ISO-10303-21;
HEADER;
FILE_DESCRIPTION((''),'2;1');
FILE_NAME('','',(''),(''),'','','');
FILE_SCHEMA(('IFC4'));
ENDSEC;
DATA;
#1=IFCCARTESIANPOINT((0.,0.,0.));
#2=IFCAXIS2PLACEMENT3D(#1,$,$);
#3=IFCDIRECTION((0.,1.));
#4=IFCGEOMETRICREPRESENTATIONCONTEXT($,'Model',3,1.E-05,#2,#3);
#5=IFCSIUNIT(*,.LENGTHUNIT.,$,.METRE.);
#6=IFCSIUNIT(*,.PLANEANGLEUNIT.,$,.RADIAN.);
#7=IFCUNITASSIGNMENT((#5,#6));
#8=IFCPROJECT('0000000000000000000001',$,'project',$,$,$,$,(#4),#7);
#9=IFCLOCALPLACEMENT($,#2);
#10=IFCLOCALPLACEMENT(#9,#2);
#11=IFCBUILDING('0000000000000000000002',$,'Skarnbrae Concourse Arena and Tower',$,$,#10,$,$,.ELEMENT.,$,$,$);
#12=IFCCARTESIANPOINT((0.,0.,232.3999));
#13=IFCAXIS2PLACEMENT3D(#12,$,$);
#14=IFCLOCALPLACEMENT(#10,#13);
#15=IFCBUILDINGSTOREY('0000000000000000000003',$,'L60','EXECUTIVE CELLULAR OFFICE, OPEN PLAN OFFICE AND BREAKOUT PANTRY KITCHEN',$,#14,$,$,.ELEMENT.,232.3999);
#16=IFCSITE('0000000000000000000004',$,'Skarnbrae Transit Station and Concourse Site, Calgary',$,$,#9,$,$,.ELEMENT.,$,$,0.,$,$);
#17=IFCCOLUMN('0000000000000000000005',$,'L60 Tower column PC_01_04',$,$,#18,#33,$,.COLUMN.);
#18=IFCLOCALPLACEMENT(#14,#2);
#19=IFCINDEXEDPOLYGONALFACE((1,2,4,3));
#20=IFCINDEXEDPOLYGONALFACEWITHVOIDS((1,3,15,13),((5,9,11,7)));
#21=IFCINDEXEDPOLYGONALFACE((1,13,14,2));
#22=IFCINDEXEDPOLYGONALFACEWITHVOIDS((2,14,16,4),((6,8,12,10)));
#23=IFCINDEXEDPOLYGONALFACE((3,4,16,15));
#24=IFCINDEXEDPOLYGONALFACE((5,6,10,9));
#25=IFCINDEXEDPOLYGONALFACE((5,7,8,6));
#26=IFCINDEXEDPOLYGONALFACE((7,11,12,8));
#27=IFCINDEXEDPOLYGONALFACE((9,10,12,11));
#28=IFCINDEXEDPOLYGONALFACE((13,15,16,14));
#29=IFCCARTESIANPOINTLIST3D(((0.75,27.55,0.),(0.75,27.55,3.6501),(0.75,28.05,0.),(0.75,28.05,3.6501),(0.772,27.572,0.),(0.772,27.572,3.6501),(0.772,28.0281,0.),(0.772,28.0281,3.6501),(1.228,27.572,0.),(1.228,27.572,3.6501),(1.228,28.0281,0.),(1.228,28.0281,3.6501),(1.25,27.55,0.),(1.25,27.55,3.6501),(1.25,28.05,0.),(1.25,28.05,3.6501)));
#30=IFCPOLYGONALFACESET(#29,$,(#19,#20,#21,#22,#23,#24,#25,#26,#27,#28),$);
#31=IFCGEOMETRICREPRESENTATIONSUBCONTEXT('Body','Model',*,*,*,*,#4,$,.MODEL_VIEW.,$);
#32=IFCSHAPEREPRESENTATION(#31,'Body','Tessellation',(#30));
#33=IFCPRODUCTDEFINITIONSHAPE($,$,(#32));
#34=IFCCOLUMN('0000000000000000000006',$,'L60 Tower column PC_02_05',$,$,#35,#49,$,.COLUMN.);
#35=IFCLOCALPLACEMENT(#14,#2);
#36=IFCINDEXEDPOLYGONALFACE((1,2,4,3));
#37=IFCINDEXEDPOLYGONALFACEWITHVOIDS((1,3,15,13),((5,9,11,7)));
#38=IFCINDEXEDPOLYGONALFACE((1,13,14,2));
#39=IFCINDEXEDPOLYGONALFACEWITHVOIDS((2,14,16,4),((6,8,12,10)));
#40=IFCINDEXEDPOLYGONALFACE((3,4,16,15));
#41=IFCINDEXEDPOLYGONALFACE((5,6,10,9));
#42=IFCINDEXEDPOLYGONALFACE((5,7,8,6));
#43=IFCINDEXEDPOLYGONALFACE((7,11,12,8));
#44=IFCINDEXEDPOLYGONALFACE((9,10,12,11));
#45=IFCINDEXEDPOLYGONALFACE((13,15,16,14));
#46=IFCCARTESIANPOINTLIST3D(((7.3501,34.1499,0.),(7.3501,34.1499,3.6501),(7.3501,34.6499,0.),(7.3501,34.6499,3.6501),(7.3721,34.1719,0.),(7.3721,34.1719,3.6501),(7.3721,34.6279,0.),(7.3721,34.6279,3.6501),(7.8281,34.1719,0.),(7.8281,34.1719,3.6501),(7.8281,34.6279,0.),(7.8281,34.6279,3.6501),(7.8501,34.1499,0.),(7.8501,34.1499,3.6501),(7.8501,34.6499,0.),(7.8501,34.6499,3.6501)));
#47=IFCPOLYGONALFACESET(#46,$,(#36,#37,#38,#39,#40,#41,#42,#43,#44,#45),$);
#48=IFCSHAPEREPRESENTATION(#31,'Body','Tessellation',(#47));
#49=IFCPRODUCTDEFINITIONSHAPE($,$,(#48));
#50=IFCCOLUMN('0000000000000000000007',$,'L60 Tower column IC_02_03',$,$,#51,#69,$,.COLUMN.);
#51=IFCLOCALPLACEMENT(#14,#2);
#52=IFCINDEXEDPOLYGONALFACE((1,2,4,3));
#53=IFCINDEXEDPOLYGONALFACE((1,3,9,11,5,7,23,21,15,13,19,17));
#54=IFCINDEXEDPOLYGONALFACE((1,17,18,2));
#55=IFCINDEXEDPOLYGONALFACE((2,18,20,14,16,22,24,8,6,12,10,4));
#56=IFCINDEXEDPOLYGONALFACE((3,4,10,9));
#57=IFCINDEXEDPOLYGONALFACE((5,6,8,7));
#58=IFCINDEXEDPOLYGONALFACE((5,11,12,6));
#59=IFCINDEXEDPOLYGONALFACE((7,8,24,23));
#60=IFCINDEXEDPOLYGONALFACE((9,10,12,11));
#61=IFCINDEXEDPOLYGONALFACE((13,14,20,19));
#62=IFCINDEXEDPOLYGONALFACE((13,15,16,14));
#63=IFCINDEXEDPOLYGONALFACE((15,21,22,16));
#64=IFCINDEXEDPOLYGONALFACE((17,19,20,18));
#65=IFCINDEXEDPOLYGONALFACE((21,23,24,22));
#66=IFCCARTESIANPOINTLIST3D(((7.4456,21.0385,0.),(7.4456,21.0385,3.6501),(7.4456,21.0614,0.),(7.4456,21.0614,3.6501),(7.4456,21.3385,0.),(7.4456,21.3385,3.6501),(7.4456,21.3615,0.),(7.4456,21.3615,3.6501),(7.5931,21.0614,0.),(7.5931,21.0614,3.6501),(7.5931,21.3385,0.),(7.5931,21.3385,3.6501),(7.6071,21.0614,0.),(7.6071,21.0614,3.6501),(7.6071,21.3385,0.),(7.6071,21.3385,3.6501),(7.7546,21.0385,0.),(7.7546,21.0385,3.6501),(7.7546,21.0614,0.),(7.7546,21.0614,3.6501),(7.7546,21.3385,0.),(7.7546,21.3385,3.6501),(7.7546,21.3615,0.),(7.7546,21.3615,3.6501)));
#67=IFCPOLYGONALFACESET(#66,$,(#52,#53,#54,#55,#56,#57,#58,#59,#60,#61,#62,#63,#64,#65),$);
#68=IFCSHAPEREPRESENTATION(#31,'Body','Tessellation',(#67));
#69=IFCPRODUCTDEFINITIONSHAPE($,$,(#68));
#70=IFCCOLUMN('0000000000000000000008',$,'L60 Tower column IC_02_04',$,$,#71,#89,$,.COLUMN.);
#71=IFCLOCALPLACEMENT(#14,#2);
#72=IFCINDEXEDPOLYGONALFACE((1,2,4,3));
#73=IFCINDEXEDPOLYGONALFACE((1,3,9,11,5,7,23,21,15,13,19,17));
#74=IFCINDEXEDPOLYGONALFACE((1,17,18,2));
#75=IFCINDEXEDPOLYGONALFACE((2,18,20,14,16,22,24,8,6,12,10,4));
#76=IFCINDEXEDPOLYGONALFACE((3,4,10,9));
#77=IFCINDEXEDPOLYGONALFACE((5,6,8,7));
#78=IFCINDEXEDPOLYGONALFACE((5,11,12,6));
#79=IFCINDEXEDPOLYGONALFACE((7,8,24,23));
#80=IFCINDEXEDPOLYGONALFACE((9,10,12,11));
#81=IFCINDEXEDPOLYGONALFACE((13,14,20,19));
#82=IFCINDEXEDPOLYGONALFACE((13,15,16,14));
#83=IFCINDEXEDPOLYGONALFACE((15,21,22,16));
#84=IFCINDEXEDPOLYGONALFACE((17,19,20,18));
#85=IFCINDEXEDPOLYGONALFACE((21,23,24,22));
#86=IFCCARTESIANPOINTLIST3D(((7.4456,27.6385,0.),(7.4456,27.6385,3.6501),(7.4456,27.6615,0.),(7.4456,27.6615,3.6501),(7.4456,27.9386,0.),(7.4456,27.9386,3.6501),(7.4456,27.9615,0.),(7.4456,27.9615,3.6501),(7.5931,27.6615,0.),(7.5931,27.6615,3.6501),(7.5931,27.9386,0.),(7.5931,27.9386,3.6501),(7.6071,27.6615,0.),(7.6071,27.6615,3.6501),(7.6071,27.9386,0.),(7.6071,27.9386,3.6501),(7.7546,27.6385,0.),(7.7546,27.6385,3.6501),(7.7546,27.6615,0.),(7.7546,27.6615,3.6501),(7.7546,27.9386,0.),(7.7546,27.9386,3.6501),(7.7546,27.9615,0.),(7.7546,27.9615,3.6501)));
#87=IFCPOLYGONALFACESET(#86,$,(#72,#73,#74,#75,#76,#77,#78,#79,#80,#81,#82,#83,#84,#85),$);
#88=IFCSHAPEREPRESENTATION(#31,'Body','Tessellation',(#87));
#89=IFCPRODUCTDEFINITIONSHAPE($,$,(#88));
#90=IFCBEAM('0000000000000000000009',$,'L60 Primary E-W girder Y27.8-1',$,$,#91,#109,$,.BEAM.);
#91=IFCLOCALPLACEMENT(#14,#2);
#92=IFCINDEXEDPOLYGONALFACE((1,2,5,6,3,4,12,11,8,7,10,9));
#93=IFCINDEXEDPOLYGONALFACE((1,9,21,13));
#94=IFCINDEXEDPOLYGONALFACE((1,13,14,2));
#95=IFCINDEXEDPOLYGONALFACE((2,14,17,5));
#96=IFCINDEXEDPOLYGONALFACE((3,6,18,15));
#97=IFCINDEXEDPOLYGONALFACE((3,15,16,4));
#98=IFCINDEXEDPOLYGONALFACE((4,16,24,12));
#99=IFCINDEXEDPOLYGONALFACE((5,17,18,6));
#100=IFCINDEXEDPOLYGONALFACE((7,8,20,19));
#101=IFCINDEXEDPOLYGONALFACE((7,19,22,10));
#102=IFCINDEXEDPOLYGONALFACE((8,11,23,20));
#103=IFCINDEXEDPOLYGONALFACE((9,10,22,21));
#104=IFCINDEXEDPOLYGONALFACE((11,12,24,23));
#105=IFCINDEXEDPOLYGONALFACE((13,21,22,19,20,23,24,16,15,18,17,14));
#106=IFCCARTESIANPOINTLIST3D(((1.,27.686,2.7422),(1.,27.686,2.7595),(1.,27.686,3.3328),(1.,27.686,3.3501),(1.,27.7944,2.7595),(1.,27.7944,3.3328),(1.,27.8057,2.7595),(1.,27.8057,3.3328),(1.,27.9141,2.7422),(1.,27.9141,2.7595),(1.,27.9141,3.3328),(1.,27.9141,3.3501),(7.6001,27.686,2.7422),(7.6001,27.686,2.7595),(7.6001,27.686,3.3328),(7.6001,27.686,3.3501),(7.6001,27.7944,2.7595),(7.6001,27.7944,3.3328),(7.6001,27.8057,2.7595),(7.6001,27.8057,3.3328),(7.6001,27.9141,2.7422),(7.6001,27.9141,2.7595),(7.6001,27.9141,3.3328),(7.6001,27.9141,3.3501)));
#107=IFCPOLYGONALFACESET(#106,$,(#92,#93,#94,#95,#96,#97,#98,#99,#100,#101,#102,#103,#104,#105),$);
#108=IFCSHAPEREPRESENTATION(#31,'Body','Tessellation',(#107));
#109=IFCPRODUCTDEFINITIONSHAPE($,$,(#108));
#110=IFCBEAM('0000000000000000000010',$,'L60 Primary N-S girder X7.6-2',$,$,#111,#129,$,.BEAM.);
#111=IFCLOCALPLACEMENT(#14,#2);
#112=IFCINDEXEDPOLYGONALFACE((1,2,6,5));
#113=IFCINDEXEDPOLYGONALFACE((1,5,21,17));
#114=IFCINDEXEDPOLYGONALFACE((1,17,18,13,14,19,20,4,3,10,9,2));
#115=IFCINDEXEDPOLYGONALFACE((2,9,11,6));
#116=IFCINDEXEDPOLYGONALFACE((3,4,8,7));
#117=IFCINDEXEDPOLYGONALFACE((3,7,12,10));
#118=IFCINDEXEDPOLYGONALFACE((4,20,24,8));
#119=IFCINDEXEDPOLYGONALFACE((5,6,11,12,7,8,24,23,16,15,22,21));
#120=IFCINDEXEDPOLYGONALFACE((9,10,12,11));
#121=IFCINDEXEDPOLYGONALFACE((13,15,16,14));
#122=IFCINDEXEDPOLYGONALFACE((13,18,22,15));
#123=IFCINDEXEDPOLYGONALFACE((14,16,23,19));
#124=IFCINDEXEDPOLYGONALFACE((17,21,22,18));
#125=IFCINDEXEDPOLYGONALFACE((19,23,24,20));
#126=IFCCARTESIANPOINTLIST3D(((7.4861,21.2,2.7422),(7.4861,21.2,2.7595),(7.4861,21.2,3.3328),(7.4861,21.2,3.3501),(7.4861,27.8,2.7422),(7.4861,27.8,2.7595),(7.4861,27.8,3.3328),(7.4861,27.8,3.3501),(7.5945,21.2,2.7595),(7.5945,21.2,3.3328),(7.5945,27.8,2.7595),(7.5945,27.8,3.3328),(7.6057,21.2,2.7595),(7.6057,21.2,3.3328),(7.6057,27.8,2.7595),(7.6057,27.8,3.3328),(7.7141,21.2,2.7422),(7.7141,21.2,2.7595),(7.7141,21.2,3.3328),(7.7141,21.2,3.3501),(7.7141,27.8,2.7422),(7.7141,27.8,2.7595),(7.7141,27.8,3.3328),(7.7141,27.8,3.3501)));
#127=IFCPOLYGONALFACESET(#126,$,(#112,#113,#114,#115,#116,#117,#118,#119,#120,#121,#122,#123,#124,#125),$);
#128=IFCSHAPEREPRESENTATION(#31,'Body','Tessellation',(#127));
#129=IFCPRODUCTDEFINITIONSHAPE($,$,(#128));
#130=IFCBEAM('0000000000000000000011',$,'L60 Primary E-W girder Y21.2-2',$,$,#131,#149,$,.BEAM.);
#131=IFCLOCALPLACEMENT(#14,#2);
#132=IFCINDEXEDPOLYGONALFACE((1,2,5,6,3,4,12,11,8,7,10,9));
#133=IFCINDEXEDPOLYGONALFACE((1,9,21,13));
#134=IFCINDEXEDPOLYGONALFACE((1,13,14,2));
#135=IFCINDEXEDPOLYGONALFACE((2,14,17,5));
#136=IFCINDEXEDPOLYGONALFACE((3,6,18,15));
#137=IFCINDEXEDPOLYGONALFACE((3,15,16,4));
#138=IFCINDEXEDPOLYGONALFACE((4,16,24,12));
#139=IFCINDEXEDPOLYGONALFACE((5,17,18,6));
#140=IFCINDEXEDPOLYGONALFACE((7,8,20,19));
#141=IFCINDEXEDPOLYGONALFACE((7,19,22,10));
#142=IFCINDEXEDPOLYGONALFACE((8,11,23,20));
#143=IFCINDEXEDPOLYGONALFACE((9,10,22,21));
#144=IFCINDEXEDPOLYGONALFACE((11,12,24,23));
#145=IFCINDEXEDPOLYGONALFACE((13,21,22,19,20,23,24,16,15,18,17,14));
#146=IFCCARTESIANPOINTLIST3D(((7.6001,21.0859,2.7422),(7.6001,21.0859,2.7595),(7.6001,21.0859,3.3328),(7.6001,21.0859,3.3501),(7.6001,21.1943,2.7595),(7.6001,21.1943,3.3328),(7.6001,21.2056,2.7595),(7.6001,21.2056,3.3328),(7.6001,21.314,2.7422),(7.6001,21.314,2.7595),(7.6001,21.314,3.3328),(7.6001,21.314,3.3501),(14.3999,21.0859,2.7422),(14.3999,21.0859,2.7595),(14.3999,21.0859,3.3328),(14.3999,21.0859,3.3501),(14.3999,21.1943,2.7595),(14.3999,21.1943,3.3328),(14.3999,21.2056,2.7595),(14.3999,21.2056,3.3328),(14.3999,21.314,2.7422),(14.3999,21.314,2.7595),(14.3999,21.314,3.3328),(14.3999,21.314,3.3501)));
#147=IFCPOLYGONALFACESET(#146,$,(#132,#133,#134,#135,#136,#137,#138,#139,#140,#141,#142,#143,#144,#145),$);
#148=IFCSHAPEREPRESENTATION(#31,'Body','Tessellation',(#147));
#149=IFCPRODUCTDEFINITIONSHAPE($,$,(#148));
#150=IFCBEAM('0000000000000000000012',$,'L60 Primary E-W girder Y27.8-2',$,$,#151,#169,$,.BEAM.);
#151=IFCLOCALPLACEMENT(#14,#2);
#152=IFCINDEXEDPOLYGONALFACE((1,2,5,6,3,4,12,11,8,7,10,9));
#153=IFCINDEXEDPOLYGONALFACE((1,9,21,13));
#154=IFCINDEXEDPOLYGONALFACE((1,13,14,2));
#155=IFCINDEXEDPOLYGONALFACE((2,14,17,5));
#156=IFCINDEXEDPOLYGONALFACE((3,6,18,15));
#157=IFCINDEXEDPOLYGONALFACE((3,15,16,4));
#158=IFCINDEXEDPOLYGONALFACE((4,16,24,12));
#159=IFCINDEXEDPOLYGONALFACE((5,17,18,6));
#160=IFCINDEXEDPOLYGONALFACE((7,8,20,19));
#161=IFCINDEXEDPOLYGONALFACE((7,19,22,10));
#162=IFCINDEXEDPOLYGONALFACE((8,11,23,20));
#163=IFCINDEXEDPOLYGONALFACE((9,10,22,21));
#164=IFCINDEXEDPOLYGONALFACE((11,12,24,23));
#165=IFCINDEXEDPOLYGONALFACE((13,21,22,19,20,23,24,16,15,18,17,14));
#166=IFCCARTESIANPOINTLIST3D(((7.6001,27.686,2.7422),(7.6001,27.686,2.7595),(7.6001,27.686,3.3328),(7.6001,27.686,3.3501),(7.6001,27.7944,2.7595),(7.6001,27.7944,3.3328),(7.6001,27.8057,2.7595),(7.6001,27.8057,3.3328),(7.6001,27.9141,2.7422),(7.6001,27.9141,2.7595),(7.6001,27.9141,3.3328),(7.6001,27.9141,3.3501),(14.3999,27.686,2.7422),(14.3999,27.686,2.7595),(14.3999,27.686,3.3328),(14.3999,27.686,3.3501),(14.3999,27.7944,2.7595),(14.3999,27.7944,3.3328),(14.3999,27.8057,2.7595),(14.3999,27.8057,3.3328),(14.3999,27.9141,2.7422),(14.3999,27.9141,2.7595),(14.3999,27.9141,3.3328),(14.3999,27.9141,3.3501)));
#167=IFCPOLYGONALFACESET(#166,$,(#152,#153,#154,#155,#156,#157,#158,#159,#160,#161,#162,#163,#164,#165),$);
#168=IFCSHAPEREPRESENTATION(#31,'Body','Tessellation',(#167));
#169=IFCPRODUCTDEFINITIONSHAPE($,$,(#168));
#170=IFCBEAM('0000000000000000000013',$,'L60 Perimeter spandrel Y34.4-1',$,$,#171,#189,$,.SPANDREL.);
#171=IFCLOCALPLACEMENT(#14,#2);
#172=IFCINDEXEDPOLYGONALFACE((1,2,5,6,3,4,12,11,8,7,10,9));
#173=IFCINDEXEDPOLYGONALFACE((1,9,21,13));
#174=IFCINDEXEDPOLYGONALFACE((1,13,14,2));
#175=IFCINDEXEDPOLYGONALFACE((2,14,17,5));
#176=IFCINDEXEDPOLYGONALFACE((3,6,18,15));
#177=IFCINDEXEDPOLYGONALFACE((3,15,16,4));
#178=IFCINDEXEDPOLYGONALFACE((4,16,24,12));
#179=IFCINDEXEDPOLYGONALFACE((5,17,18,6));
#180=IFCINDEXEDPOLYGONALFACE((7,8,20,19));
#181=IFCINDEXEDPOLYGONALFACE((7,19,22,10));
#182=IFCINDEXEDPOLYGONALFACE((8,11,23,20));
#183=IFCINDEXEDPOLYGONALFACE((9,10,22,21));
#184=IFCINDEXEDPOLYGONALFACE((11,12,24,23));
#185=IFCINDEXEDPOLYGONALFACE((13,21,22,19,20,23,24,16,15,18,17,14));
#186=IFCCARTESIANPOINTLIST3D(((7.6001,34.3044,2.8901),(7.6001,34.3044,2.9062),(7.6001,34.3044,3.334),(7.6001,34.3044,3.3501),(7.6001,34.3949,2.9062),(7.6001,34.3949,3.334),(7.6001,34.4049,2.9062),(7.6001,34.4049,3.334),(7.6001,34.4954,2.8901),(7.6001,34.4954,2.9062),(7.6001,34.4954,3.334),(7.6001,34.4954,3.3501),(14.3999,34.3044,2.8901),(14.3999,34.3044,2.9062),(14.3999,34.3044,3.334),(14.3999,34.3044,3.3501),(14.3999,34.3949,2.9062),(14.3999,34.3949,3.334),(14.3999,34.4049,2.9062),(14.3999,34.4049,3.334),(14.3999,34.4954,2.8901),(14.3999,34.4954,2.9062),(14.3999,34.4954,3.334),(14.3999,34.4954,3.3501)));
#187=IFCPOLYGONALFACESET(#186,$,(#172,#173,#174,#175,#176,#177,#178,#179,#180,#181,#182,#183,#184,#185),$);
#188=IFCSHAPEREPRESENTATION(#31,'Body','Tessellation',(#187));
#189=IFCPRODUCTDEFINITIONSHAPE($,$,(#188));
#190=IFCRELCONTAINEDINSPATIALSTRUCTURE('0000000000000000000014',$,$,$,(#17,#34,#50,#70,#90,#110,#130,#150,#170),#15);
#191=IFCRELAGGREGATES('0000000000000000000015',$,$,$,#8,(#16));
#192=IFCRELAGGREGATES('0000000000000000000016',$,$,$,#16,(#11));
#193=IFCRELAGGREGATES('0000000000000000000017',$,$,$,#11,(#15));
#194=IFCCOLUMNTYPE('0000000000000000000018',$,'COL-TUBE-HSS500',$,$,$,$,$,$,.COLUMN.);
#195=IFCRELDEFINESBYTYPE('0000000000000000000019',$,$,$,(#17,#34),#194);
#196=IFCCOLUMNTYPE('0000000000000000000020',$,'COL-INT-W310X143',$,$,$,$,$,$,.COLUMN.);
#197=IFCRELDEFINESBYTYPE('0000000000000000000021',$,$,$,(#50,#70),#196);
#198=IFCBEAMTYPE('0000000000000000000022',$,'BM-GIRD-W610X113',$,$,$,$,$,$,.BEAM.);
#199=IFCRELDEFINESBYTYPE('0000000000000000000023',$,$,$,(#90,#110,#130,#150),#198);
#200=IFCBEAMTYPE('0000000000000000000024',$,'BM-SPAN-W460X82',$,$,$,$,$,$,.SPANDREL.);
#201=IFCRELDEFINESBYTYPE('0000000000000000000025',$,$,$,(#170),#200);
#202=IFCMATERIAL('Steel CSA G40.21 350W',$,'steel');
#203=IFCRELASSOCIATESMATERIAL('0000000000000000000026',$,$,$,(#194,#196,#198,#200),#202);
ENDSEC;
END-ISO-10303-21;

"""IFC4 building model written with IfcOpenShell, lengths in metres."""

from ifc_helpers import new_model, si_unit, direction, frame, origin, origin_2d, place, context, subcontext, project, spatial, hollow_rectangle, i_section, extrude, source, transform, mapped, material, material_profile, profile_set, type_object, element, save


model = new_model("IFC4")

# Units and contexts
model_context = context("Model", 3, precision=1e-05, world=origin(), true_north=direction((0.0, 1.0)))
body_context = subcontext(model_context, "Body", "Model", "MODEL_VIEW")
ifc_project = project(units=[si_unit("LENGTHUNIT", "METRE"), si_unit("PLANEANGLEUNIT", "RADIAN")], contexts=[model_context])

# Site, building, storey
site_placement = place(None, origin())
site = spatial("IfcSite", under=ifc_project, at=site_placement, Name="Skarnbrae Transit Station and Concourse Site, Calgary", CompositionType="ELEMENT", RefElevation=0.0)
building_placement = place(site_placement, origin())
building = spatial("IfcBuilding", under=site, at=building_placement, Name="Skarnbrae Concourse Arena and Tower", CompositionType="ELEMENT")
storey_placement = place(building_placement, frame((0.0, 0.0, 232.3999)))
storey = spatial("IfcBuildingStorey", under=building, at=storey_placement, Name="L60", Description="EXECUTIVE CELLULAR OFFICE, OPEN PLAN OFFICE AND BREAKOUT PANTRY KITCHEN", CompositionType="ELEMENT", Elevation=232.3999)

# Columns
ifc_material_1 = material(Name="Steel CSA G40.21 350W", Category="steel")
ifc_material_profile_1 = material_profile(ifc_material_1, hollow_rectangle(XDim=0.5, YDim=0.5, WallThickness=0.022, at=origin_2d()), Name="HSS500X500X22.0")
ifc_profile_set_1 = profile_set([ifc_material_profile_1], Name="Steel CSA G40.21 350W")
column_type_1 = type_object("IfcColumnType", Name="COL-TUBE-HSS500", PredefinedType="COLUMN", material=ifc_profile_set_1)
shared_shape_1 = source(origin(), body_context, "Body", "SweptSolid", [
    extrude(hollow_rectangle(XDim=0.5, YDim=0.5, WallThickness=0.022, at=origin_2d()), origin(), (0.0, 0.0, 1.0), 3.6501),
])
for number, where, z_axis, x_axis, name in (
    (1, (1.0, 27.8, 0.0), (0.0, 0.0, 1.0), (1.0, 0.0, 0.0), "L60 Tower column PC_01_04"),
    (2, (7.6001, 34.3999, 0.0), (0.0, 0.0, 1.0), (1.0, 0.0, 0.0), "L60 Tower column PC_02_05"),
):
    element("IfcColumn", number, at=place(storey_placement, frame(where, z_axis=z_axis, x_axis=x_axis)), inside=storey, type_object=column_type_1, Name=name, PredefinedType="COLUMN", context=body_context, shape_type="MappedRepresentation", body=[
        mapped(shared_shape_1, transform((0.0, 0.0, 0.0))),
    ])
ifc_material_profile_2 = material_profile(ifc_material_1, i_section(OverallWidth=0.3091, OverallDepth=0.323, WebThickness=0.0139, FlangeThickness=0.0229, at=origin_2d()), Name="W310X143")
ifc_profile_set_2 = profile_set([ifc_material_profile_2], Name="Steel CSA G40.21 350W")
column_type_2 = type_object("IfcColumnType", Name="COL-INT-W310X143", PredefinedType="COLUMN", material=ifc_profile_set_2)
shared_shape_2 = source(origin(), body_context, "Body", "SweptSolid", [
    extrude(i_section(OverallWidth=0.3091, OverallDepth=0.323, WebThickness=0.0139, FlangeThickness=0.0229, at=origin_2d()), origin(), (0.0, 0.0, 1.0), 3.6501),
])
for number, where, z_axis, x_axis, name in (
    (3, (7.6001, 21.2, 0.0), (0.0, 0.0, 1.0), (1.0, 0.0, 0.0), "L60 Tower column IC_02_03"),
    (4, (7.6001, 27.8, 0.0), (0.0, 0.0, 1.0), (1.0, 0.0, 0.0), "L60 Tower column IC_02_04"),
):
    element("IfcColumn", number, at=place(storey_placement, frame(where, z_axis=z_axis, x_axis=x_axis)), inside=storey, type_object=column_type_2, Name=name, PredefinedType="COLUMN", context=body_context, shape_type="MappedRepresentation", body=[
        mapped(shared_shape_2, transform((0.0, 0.0, 0.0))),
    ])

# Beams
ifc_material_profile_3 = material_profile(ifc_material_1, i_section(OverallWidth=0.228, OverallDepth=0.6079, WebThickness=0.0112, FlangeThickness=0.0173, at=origin_2d()), Name="W610X113")
ifc_profile_set_3 = profile_set([ifc_material_profile_3], Name="Steel CSA G40.21 350W")
beam_type_1 = type_object("IfcBeamType", Name="BM-GIRD-W610X113", PredefinedType="BEAM", material=ifc_profile_set_3)
shared_shape_3 = source(origin(), body_context, "Body", "SweptSolid", [
    extrude(i_section(OverallWidth=0.228, OverallDepth=0.6079, WebThickness=0.0112, FlangeThickness=0.0173, at=origin_2d()), origin(), (0.0, 0.0, 1.0), 6.6001),
])
for number, where, z_axis, x_axis, name in (
    (5, (1.0, 27.8, 3.0461), (1.0, 0.0, 0.0), (0.0, 1.0, 0.0), "L60 Primary E-W girder Y27.8-1"),
    (6, (7.6001, 21.2, 3.0461), (0.0, 1.0, 0.0), (-1.0, 0.0, 0.0), "L60 Primary N-S girder X7.6-2"),
):
    element("IfcBeam", number, at=place(storey_placement, frame(where, z_axis=z_axis, x_axis=x_axis)), inside=storey, type_object=beam_type_1, Name=name, PredefinedType="BEAM", context=body_context, shape_type="MappedRepresentation", body=[
        mapped(shared_shape_3, transform((0.0, 0.0, 0.0))),
    ])
shared_shape_4 = source(origin(), body_context, "Body", "SweptSolid", [
    extrude(i_section(OverallWidth=0.228, OverallDepth=0.6079, WebThickness=0.0112, FlangeThickness=0.0173, at=origin_2d()), origin(), (0.0, 0.0, 1.0), 6.7998),
])
for number, where, z_axis, x_axis, name in (
    (7, (7.6001, 21.2, 3.0461), (1.0, 0.0, 0.0), (0.0, 1.0, 0.0), "L60 Primary E-W girder Y21.2-2"),
    (8, (7.6001, 27.8, 3.0461), (1.0, 0.0, 0.0), (0.0, 1.0, 0.0), "L60 Primary E-W girder Y27.8-2"),
):
    element("IfcBeam", number, at=place(storey_placement, frame(where, z_axis=z_axis, x_axis=x_axis)), inside=storey, type_object=beam_type_1, Name=name, PredefinedType="BEAM", context=body_context, shape_type="MappedRepresentation", body=[
        mapped(shared_shape_4, transform((0.0, 0.0, 0.0))),
    ])
ifc_material_profile_4 = material_profile(ifc_material_1, i_section(OverallWidth=0.1909, OverallDepth=0.46, WebThickness=0.01, FlangeThickness=0.0161, at=origin_2d()), Name="W460X82")
ifc_profile_set_4 = profile_set([ifc_material_profile_4], Name="Steel CSA G40.21 350W")
beam_type_2 = type_object("IfcBeamType", Name="BM-SPAN-W460X82", PredefinedType="SPANDREL", material=ifc_profile_set_4)
shared_shape_5 = source(origin(), body_context, "Body", "SweptSolid", [
    extrude(i_section(OverallWidth=0.1909, OverallDepth=0.46, WebThickness=0.01, FlangeThickness=0.0161, at=origin_2d()), origin(), (0.0, 0.0, 1.0), 6.7998),
])
beam_1_placement = place(storey_placement, frame((7.6001, 34.3999, 3.1201), z_axis=(1.0, 0.0, 0.0), x_axis=(0.0, 1.0, 0.0)))
element("IfcBeam", 9, at=beam_1_placement, inside=storey, type_object=beam_type_2, Name="L60 Perimeter spandrel Y34.4-1", PredefinedType="SPANDREL", context=body_context, shape_type="MappedRepresentation", body=[
    mapped(shared_shape_5, transform((0.0, 0.0, 0.0))),
])

save(model, "model.ifc")
